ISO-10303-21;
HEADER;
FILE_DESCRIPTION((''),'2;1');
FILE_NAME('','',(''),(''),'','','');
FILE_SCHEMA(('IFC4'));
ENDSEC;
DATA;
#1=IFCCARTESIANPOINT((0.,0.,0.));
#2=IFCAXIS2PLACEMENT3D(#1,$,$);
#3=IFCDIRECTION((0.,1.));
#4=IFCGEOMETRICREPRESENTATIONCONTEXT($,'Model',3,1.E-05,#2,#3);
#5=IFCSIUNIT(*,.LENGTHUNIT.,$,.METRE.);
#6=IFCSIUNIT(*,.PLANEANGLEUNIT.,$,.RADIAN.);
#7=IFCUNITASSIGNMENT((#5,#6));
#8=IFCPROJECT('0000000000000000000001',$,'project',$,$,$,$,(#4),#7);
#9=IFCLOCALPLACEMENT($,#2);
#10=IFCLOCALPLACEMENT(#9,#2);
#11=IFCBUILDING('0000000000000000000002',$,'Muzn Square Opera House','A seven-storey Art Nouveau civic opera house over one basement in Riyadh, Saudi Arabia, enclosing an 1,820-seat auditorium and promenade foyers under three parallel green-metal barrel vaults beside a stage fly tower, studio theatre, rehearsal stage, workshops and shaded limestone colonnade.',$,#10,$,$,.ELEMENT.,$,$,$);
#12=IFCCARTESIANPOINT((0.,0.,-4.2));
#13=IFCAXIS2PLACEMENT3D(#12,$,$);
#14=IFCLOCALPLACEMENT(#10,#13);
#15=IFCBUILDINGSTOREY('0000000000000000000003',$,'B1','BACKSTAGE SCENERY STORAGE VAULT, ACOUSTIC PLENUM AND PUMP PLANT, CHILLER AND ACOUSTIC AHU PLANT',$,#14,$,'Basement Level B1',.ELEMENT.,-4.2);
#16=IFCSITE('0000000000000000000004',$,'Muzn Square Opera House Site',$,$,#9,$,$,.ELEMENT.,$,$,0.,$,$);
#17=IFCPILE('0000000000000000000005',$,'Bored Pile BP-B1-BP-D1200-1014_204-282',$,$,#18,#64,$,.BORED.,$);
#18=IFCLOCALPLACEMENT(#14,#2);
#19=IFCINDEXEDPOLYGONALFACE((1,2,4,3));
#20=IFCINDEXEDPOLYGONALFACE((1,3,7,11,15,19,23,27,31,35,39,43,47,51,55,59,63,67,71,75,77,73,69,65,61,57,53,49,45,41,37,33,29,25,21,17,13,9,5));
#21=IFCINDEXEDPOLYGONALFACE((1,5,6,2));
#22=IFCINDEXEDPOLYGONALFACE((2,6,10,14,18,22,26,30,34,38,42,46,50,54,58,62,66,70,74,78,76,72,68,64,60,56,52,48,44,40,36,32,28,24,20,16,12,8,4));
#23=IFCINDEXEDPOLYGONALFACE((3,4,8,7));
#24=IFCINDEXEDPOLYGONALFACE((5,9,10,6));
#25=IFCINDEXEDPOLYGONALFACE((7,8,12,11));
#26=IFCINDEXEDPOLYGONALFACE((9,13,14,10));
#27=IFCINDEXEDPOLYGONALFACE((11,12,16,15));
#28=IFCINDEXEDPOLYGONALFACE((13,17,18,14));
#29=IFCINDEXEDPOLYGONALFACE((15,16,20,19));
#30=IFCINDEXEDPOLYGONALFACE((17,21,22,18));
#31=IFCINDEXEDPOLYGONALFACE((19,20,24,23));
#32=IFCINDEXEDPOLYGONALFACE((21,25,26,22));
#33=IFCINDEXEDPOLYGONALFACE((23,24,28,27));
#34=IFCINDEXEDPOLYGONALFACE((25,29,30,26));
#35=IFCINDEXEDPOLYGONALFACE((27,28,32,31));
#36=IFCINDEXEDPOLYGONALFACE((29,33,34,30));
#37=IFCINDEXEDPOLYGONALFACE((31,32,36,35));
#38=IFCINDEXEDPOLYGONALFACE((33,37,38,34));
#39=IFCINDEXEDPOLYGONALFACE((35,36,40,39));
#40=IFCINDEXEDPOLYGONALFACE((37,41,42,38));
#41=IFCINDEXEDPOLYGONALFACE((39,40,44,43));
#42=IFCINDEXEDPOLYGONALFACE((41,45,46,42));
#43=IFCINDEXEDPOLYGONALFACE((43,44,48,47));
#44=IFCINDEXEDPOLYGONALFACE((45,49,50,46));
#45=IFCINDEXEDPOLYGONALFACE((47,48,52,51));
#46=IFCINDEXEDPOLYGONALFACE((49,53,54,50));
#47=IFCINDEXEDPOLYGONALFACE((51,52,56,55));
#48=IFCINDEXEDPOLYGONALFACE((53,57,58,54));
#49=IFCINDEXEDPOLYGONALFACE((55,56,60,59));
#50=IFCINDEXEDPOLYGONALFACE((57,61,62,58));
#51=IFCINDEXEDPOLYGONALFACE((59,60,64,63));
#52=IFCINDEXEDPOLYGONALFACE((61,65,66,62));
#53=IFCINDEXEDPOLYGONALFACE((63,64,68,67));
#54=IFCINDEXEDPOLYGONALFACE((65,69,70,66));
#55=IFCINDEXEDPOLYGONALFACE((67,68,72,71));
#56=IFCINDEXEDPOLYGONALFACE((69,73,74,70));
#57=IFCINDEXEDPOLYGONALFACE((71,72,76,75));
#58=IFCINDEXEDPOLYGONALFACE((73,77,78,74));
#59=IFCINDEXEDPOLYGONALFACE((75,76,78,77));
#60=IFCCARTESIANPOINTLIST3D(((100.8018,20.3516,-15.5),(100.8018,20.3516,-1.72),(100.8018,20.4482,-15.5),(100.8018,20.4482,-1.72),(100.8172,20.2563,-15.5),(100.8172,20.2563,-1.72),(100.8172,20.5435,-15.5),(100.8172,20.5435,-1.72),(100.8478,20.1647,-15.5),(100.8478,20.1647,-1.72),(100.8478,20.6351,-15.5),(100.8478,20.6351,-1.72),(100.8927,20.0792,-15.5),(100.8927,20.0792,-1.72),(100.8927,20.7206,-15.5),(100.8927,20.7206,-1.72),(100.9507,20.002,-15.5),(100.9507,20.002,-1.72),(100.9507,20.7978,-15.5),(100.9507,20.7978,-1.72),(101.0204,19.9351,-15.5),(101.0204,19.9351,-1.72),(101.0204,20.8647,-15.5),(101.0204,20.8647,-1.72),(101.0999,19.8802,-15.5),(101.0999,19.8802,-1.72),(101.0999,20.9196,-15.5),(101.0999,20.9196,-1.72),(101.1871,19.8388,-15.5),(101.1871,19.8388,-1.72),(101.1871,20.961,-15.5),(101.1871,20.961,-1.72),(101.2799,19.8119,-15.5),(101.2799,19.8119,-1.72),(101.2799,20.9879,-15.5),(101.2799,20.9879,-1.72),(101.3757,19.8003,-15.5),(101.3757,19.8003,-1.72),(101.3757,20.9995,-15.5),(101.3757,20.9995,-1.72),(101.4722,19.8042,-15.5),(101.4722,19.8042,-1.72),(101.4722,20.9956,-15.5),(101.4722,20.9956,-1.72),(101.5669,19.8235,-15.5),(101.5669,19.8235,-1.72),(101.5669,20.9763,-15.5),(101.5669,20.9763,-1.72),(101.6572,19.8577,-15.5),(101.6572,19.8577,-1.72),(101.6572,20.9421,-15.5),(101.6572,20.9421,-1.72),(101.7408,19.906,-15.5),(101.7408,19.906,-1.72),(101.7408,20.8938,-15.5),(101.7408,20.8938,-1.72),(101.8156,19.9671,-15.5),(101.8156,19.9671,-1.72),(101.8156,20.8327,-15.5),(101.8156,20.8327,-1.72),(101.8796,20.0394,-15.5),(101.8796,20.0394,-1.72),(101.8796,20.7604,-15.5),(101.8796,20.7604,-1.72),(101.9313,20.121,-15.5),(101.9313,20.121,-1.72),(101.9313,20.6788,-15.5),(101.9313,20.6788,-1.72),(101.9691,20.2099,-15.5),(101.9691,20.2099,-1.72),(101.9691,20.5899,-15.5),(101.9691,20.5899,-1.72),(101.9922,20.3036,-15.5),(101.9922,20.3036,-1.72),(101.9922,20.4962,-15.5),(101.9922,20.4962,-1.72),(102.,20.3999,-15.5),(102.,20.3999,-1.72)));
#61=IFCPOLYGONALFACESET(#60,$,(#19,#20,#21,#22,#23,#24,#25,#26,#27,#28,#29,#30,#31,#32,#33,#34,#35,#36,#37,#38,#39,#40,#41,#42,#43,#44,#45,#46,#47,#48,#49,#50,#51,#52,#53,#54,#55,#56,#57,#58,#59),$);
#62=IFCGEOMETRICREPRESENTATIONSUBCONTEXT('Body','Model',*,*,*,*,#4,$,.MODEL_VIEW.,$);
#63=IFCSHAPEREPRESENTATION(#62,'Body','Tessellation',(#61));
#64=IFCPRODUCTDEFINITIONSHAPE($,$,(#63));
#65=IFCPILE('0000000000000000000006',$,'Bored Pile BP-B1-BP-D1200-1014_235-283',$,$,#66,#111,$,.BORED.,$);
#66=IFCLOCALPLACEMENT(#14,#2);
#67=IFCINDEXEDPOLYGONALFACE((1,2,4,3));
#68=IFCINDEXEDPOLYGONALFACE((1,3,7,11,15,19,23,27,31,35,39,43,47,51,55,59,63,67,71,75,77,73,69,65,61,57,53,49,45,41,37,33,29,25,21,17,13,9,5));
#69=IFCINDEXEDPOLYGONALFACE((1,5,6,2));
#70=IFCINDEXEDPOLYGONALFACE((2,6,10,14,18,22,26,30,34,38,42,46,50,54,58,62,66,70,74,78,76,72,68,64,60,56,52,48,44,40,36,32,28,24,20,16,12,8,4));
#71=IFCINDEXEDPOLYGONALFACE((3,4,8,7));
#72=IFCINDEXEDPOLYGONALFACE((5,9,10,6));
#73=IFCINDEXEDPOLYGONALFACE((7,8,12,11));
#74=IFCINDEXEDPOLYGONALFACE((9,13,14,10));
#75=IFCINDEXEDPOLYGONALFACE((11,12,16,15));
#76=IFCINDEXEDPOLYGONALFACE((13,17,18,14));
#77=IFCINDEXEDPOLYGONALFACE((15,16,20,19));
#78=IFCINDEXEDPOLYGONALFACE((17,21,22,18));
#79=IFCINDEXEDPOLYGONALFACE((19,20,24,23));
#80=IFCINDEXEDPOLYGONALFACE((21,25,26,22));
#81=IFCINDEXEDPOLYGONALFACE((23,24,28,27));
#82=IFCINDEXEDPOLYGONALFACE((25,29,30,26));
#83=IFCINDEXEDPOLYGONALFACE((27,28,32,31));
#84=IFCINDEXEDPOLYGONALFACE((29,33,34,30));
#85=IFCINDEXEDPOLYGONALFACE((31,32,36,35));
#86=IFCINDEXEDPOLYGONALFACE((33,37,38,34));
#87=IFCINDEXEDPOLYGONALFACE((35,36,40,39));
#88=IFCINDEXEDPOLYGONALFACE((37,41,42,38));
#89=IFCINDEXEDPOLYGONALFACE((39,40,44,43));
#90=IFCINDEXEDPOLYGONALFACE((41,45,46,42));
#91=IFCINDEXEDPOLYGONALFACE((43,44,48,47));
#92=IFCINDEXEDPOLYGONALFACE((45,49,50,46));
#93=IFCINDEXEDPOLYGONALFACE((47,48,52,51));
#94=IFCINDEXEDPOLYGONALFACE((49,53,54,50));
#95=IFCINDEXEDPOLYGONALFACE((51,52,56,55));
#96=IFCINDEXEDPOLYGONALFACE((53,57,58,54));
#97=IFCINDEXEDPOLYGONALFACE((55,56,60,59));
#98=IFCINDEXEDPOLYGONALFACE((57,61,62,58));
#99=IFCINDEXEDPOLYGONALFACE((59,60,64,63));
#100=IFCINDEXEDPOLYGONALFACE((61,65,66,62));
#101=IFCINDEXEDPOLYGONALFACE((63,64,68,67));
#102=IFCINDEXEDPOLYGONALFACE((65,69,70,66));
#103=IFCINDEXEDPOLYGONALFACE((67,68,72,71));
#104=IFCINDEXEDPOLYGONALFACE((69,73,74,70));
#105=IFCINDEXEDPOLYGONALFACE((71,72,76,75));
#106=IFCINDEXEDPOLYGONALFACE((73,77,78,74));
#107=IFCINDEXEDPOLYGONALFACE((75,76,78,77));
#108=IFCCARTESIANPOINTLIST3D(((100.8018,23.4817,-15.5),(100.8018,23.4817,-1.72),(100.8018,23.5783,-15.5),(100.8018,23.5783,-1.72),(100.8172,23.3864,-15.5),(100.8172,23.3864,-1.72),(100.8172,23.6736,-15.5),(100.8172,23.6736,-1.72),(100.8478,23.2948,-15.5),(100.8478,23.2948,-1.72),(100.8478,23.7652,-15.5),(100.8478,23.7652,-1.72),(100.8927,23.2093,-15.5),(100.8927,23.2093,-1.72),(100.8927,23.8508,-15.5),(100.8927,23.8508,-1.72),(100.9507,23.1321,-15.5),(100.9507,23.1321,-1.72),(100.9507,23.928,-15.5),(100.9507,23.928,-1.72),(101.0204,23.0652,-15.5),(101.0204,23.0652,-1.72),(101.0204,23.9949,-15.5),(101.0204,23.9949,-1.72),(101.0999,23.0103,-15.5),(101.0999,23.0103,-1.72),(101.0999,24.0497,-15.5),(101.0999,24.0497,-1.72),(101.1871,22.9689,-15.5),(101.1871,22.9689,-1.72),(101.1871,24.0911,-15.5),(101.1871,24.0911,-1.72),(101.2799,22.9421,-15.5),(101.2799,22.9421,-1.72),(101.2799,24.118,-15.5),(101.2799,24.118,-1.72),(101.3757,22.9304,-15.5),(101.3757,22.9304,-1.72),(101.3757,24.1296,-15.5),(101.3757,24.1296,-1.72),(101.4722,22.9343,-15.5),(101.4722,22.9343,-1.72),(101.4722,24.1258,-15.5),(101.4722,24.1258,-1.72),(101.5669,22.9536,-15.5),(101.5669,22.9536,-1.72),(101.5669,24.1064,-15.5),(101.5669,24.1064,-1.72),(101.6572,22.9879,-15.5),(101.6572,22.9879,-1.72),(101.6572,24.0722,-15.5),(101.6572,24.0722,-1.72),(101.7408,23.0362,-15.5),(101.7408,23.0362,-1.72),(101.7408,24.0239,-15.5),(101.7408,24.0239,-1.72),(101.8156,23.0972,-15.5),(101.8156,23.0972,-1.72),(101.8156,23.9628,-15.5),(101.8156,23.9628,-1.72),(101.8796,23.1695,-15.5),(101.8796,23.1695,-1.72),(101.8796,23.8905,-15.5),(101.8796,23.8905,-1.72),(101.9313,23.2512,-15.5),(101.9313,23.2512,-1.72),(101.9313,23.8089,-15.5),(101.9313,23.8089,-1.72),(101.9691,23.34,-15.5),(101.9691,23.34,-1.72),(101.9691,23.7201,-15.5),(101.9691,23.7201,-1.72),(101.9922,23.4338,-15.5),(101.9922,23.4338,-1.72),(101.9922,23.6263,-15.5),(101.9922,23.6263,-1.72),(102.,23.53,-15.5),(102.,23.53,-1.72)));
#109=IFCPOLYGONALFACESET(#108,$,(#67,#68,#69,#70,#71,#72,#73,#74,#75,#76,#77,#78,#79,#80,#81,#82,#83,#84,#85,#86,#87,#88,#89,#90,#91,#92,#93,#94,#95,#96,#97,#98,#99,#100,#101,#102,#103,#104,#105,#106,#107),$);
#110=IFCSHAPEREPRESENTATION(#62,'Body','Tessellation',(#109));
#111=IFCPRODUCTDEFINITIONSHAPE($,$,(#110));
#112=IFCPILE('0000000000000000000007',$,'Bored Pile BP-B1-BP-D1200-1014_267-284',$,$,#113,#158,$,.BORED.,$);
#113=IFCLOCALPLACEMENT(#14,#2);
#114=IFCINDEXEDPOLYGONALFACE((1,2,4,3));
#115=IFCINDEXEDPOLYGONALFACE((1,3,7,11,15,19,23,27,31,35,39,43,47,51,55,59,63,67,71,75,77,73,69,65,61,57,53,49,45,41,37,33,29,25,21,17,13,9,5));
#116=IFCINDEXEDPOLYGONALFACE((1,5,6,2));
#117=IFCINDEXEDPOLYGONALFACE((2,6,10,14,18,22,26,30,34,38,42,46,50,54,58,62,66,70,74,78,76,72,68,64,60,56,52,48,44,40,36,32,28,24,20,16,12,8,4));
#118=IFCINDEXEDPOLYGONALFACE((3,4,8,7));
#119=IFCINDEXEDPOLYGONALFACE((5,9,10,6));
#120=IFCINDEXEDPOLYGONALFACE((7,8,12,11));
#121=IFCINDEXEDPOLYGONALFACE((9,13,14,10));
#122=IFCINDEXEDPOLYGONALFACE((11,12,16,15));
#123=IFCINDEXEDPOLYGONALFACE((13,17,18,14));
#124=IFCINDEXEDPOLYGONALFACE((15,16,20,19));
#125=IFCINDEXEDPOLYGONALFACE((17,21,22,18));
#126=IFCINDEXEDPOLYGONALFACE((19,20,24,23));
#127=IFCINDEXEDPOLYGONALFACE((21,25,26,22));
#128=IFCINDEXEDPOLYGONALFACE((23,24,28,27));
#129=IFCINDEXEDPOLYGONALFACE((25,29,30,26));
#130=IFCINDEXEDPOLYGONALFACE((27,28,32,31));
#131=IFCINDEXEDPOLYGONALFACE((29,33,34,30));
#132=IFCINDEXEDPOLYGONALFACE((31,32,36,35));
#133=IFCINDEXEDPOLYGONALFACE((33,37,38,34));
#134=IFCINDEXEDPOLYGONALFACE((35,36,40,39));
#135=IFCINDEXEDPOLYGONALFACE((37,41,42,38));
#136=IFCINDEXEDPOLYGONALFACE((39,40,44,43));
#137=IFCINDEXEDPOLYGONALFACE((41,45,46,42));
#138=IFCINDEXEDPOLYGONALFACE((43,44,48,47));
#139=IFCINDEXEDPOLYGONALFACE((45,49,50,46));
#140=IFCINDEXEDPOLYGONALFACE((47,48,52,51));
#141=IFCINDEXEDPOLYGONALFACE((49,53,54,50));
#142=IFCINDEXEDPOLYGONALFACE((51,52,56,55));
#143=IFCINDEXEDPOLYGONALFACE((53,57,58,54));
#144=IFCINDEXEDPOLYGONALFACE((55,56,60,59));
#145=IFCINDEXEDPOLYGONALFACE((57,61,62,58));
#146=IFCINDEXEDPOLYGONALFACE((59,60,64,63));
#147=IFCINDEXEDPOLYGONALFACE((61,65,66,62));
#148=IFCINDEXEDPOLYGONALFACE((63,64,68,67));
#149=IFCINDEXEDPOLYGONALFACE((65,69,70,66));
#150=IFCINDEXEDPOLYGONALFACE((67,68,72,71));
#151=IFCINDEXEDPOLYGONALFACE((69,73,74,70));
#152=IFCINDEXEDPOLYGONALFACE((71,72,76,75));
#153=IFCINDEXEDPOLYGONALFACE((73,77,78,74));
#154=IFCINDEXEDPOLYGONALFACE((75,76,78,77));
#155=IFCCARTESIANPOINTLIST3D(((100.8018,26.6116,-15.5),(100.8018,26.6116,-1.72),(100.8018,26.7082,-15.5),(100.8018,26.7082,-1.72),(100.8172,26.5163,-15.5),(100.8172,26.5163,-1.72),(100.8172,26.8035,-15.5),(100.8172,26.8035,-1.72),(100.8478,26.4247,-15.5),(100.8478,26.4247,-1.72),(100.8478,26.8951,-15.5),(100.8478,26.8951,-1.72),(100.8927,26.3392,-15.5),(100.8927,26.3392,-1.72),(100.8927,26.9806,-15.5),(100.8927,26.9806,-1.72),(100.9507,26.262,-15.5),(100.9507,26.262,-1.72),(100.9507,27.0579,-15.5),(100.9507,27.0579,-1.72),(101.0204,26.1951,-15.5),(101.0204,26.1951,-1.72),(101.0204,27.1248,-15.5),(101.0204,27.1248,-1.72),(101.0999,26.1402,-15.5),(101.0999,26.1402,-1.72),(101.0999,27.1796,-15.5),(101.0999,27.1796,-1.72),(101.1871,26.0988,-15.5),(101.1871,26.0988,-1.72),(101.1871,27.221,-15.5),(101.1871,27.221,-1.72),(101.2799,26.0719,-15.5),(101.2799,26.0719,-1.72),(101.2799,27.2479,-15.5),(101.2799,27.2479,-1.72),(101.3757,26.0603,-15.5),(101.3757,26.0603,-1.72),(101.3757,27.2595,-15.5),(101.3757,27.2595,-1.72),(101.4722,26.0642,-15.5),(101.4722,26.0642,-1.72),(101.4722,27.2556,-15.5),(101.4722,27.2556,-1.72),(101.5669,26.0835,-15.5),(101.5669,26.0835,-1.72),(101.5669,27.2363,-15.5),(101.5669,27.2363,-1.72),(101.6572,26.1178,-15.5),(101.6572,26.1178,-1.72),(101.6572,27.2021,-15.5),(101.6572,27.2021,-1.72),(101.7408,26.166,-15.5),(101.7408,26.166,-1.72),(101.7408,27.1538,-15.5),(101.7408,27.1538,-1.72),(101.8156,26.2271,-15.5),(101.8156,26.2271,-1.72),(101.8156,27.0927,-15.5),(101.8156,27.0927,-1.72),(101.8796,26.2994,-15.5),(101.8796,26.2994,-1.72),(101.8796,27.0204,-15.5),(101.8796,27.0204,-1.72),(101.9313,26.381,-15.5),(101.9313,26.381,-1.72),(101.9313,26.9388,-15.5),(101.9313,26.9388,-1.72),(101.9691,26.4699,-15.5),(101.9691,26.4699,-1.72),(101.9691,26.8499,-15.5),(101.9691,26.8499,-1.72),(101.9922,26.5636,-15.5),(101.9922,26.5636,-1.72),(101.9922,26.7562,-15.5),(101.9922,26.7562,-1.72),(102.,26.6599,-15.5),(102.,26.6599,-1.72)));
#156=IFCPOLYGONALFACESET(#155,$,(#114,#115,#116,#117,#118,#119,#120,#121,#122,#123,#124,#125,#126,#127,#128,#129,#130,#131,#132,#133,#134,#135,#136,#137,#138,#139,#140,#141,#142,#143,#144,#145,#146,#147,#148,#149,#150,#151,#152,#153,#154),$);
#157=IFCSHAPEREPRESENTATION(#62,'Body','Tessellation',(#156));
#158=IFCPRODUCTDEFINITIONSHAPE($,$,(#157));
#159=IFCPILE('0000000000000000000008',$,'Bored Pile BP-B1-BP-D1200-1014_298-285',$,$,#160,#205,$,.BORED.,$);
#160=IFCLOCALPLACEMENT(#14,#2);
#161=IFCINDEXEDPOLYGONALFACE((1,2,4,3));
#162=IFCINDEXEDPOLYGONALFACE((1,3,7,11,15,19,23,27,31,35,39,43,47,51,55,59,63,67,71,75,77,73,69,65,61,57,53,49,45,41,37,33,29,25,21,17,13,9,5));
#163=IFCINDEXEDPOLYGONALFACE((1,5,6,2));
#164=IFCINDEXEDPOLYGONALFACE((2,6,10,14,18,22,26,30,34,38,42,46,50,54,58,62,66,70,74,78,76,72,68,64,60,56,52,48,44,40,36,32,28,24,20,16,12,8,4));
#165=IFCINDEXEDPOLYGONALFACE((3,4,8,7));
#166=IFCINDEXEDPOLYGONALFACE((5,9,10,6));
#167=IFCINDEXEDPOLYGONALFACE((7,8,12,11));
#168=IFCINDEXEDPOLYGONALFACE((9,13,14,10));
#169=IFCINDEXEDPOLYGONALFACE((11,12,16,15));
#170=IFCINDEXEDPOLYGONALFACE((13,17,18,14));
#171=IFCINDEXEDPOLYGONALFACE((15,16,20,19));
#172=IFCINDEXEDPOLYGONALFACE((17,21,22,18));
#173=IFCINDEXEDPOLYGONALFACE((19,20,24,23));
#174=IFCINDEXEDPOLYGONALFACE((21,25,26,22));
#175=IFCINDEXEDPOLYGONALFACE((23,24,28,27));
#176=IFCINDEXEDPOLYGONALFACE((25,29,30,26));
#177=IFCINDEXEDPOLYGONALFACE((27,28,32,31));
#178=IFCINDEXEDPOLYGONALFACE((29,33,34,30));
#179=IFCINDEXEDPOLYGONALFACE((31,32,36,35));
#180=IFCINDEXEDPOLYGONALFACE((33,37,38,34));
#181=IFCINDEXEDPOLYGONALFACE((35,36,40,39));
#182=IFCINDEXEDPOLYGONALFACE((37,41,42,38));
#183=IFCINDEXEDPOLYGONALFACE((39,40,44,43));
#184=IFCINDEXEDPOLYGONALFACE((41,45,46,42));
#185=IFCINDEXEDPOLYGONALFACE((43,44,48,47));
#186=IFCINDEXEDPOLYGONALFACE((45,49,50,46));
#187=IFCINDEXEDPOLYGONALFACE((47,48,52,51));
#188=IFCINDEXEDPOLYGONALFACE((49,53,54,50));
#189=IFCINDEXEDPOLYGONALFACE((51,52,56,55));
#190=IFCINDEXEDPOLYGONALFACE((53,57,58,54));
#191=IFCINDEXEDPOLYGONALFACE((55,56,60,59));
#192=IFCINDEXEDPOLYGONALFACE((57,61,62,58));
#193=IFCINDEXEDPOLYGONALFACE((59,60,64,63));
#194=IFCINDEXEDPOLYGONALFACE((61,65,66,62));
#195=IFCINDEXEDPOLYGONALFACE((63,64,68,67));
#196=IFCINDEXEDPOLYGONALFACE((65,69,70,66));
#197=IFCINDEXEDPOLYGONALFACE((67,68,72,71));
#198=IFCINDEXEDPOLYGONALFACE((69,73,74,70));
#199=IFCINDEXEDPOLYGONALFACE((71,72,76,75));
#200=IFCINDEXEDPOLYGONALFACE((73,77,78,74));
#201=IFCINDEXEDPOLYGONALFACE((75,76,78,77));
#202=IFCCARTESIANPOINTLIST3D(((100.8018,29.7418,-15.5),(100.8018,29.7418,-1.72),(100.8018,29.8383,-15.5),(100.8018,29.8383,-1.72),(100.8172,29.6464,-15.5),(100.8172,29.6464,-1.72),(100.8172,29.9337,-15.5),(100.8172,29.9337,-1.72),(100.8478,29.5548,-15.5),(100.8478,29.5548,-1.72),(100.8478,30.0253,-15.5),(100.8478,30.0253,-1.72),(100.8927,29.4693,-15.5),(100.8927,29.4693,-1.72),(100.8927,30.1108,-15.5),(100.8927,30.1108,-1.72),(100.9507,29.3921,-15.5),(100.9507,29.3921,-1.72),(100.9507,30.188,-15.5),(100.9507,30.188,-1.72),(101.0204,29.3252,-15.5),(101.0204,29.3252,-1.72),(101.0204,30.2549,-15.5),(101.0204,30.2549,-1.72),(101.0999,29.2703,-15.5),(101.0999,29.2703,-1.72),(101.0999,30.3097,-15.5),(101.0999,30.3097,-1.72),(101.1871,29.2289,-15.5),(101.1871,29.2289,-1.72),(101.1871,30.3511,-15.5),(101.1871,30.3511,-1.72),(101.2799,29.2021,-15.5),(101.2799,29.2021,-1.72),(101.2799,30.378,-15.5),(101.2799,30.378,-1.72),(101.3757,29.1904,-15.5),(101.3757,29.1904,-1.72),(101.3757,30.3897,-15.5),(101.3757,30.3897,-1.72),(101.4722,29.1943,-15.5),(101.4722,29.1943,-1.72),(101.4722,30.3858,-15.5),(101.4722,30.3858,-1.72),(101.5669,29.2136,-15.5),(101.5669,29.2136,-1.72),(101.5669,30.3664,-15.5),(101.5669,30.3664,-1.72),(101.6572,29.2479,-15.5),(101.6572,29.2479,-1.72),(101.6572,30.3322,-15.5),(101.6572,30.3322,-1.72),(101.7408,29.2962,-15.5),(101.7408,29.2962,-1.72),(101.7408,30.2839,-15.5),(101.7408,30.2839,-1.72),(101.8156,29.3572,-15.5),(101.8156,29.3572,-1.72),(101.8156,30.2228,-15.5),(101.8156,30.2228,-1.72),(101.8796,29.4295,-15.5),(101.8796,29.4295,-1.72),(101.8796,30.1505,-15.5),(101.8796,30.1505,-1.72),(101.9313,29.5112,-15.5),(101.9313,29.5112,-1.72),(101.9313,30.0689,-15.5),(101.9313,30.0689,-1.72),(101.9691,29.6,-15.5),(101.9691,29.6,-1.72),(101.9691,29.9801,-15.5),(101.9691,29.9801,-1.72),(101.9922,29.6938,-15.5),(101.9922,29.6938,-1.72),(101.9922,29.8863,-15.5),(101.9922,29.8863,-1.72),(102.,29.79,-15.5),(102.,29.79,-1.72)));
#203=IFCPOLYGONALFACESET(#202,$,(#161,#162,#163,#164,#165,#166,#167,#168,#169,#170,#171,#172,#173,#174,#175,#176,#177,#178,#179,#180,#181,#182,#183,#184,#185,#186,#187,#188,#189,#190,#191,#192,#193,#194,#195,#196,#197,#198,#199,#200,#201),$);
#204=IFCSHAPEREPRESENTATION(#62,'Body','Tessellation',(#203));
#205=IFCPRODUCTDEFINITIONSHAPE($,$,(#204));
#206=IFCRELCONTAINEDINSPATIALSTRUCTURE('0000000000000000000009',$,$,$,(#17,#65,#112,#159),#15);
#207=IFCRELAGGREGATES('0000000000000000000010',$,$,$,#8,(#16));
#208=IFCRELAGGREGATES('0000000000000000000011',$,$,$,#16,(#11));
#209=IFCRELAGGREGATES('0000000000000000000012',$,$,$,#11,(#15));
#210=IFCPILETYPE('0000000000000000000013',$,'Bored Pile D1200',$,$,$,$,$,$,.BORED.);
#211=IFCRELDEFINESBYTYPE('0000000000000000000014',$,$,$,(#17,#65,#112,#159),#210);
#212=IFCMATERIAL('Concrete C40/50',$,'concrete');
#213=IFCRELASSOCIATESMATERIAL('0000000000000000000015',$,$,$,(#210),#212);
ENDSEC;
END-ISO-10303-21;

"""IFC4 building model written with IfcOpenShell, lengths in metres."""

from ifc_helpers import new_model, si_unit, direction, frame, origin, origin_2d, place, context, subcontext, project, spatial, circle, extrude, material, material_profile, profile_set, type_object, element, save


model = new_model("IFC4")

# Units and contexts
model_context = context("Model", 3, precision=1e-05, world=origin(), true_north=direction((0.0, 1.0)))
body_context = subcontext(model_context, "Body", "Model", "MODEL_VIEW")
ifc_project = project(units=[si_unit("LENGTHUNIT", "METRE"), si_unit("PLANEANGLEUNIT", "RADIAN")], contexts=[model_context])

# Site, building, storey
site_placement = place(None, origin())
site = spatial("IfcSite", under=ifc_project, at=site_placement, Name="Muzn Square Opera House Site", CompositionType="ELEMENT", RefElevation=0.0)
building_placement = place(site_placement, origin())
building = spatial("IfcBuilding", under=site, at=building_placement, Name="Muzn Square Opera House", Description="A seven-storey Art Nouveau civic opera house over one basement in Riyadh, Saudi Arabia, enclosing an 1,820-seat auditorium and promenade foyers under three parallel green-metal barrel vaults beside a stage fly tower, studio theatre, rehearsal stage, workshops and shaded limestone colonnade.", CompositionType="ELEMENT")
storey_placement = place(building_placement, frame((0.0, 0.0, -4.2)))
storey = spatial("IfcBuildingStorey", under=building, at=storey_placement, Name="B1", Description="BACKSTAGE SCENERY STORAGE VAULT, ACOUSTIC PLENUM AND PUMP PLANT, CHILLER AND ACOUSTIC AHU PLANT", LongName="Basement Level B1", CompositionType="ELEMENT", Elevation=-4.2)

# Piles
ifc_material_1 = material(Name="Concrete C40/50", Category="concrete")
ifc_material_profile_1 = material_profile(ifc_material_1, circle(Radius=0.6001, at=origin_2d()), Name="BORED PILE D1200", Category="concrete")
ifc_profile_set_1 = profile_set([ifc_material_profile_1], Name="Concrete C40/50")
pile_type = type_object("IfcPileType", Name="Bored Pile D1200", PredefinedType="BORED", material=ifc_profile_set_1)
for number, where, z_axis, x_axis, name in (
    (1, (101.3999, 20.3999, -1.72), (0.0, 0.0, -1.0), (1.0, 0.0, 0.0), "Bored Pile BP-B1-BP-D1200-1014_204-282"),
    (2, (101.3999, 23.53, -1.72), (0.0, 0.0, -1.0), (1.0, 0.0, 0.0), "Bored Pile BP-B1-BP-D1200-1014_235-283"),
    (3, (101.3999, 26.6599, -1.72), (0.0, 0.0, -1.0), (1.0, 0.0, 0.0), "Bored Pile BP-B1-BP-D1200-1014_267-284"),
    (4, (101.3999, 29.79, -1.72), (0.0, 0.0, -1.0), (1.0, 0.0, 0.0), "Bored Pile BP-B1-BP-D1200-1014_298-285"),
):
    element("IfcPile", number, at=place(storey_placement, frame(where, z_axis=z_axis, x_axis=x_axis)), inside=storey, type_object=pile_type, Name=name, PredefinedType="BORED", context=body_context, shape_type="SweptSolid", body=[
        extrude(circle(Radius=0.6001, at=origin_2d()), origin(), (0.0, 0.0, 1.0), 13.78),
    ])

save(model, "model.ifc")
